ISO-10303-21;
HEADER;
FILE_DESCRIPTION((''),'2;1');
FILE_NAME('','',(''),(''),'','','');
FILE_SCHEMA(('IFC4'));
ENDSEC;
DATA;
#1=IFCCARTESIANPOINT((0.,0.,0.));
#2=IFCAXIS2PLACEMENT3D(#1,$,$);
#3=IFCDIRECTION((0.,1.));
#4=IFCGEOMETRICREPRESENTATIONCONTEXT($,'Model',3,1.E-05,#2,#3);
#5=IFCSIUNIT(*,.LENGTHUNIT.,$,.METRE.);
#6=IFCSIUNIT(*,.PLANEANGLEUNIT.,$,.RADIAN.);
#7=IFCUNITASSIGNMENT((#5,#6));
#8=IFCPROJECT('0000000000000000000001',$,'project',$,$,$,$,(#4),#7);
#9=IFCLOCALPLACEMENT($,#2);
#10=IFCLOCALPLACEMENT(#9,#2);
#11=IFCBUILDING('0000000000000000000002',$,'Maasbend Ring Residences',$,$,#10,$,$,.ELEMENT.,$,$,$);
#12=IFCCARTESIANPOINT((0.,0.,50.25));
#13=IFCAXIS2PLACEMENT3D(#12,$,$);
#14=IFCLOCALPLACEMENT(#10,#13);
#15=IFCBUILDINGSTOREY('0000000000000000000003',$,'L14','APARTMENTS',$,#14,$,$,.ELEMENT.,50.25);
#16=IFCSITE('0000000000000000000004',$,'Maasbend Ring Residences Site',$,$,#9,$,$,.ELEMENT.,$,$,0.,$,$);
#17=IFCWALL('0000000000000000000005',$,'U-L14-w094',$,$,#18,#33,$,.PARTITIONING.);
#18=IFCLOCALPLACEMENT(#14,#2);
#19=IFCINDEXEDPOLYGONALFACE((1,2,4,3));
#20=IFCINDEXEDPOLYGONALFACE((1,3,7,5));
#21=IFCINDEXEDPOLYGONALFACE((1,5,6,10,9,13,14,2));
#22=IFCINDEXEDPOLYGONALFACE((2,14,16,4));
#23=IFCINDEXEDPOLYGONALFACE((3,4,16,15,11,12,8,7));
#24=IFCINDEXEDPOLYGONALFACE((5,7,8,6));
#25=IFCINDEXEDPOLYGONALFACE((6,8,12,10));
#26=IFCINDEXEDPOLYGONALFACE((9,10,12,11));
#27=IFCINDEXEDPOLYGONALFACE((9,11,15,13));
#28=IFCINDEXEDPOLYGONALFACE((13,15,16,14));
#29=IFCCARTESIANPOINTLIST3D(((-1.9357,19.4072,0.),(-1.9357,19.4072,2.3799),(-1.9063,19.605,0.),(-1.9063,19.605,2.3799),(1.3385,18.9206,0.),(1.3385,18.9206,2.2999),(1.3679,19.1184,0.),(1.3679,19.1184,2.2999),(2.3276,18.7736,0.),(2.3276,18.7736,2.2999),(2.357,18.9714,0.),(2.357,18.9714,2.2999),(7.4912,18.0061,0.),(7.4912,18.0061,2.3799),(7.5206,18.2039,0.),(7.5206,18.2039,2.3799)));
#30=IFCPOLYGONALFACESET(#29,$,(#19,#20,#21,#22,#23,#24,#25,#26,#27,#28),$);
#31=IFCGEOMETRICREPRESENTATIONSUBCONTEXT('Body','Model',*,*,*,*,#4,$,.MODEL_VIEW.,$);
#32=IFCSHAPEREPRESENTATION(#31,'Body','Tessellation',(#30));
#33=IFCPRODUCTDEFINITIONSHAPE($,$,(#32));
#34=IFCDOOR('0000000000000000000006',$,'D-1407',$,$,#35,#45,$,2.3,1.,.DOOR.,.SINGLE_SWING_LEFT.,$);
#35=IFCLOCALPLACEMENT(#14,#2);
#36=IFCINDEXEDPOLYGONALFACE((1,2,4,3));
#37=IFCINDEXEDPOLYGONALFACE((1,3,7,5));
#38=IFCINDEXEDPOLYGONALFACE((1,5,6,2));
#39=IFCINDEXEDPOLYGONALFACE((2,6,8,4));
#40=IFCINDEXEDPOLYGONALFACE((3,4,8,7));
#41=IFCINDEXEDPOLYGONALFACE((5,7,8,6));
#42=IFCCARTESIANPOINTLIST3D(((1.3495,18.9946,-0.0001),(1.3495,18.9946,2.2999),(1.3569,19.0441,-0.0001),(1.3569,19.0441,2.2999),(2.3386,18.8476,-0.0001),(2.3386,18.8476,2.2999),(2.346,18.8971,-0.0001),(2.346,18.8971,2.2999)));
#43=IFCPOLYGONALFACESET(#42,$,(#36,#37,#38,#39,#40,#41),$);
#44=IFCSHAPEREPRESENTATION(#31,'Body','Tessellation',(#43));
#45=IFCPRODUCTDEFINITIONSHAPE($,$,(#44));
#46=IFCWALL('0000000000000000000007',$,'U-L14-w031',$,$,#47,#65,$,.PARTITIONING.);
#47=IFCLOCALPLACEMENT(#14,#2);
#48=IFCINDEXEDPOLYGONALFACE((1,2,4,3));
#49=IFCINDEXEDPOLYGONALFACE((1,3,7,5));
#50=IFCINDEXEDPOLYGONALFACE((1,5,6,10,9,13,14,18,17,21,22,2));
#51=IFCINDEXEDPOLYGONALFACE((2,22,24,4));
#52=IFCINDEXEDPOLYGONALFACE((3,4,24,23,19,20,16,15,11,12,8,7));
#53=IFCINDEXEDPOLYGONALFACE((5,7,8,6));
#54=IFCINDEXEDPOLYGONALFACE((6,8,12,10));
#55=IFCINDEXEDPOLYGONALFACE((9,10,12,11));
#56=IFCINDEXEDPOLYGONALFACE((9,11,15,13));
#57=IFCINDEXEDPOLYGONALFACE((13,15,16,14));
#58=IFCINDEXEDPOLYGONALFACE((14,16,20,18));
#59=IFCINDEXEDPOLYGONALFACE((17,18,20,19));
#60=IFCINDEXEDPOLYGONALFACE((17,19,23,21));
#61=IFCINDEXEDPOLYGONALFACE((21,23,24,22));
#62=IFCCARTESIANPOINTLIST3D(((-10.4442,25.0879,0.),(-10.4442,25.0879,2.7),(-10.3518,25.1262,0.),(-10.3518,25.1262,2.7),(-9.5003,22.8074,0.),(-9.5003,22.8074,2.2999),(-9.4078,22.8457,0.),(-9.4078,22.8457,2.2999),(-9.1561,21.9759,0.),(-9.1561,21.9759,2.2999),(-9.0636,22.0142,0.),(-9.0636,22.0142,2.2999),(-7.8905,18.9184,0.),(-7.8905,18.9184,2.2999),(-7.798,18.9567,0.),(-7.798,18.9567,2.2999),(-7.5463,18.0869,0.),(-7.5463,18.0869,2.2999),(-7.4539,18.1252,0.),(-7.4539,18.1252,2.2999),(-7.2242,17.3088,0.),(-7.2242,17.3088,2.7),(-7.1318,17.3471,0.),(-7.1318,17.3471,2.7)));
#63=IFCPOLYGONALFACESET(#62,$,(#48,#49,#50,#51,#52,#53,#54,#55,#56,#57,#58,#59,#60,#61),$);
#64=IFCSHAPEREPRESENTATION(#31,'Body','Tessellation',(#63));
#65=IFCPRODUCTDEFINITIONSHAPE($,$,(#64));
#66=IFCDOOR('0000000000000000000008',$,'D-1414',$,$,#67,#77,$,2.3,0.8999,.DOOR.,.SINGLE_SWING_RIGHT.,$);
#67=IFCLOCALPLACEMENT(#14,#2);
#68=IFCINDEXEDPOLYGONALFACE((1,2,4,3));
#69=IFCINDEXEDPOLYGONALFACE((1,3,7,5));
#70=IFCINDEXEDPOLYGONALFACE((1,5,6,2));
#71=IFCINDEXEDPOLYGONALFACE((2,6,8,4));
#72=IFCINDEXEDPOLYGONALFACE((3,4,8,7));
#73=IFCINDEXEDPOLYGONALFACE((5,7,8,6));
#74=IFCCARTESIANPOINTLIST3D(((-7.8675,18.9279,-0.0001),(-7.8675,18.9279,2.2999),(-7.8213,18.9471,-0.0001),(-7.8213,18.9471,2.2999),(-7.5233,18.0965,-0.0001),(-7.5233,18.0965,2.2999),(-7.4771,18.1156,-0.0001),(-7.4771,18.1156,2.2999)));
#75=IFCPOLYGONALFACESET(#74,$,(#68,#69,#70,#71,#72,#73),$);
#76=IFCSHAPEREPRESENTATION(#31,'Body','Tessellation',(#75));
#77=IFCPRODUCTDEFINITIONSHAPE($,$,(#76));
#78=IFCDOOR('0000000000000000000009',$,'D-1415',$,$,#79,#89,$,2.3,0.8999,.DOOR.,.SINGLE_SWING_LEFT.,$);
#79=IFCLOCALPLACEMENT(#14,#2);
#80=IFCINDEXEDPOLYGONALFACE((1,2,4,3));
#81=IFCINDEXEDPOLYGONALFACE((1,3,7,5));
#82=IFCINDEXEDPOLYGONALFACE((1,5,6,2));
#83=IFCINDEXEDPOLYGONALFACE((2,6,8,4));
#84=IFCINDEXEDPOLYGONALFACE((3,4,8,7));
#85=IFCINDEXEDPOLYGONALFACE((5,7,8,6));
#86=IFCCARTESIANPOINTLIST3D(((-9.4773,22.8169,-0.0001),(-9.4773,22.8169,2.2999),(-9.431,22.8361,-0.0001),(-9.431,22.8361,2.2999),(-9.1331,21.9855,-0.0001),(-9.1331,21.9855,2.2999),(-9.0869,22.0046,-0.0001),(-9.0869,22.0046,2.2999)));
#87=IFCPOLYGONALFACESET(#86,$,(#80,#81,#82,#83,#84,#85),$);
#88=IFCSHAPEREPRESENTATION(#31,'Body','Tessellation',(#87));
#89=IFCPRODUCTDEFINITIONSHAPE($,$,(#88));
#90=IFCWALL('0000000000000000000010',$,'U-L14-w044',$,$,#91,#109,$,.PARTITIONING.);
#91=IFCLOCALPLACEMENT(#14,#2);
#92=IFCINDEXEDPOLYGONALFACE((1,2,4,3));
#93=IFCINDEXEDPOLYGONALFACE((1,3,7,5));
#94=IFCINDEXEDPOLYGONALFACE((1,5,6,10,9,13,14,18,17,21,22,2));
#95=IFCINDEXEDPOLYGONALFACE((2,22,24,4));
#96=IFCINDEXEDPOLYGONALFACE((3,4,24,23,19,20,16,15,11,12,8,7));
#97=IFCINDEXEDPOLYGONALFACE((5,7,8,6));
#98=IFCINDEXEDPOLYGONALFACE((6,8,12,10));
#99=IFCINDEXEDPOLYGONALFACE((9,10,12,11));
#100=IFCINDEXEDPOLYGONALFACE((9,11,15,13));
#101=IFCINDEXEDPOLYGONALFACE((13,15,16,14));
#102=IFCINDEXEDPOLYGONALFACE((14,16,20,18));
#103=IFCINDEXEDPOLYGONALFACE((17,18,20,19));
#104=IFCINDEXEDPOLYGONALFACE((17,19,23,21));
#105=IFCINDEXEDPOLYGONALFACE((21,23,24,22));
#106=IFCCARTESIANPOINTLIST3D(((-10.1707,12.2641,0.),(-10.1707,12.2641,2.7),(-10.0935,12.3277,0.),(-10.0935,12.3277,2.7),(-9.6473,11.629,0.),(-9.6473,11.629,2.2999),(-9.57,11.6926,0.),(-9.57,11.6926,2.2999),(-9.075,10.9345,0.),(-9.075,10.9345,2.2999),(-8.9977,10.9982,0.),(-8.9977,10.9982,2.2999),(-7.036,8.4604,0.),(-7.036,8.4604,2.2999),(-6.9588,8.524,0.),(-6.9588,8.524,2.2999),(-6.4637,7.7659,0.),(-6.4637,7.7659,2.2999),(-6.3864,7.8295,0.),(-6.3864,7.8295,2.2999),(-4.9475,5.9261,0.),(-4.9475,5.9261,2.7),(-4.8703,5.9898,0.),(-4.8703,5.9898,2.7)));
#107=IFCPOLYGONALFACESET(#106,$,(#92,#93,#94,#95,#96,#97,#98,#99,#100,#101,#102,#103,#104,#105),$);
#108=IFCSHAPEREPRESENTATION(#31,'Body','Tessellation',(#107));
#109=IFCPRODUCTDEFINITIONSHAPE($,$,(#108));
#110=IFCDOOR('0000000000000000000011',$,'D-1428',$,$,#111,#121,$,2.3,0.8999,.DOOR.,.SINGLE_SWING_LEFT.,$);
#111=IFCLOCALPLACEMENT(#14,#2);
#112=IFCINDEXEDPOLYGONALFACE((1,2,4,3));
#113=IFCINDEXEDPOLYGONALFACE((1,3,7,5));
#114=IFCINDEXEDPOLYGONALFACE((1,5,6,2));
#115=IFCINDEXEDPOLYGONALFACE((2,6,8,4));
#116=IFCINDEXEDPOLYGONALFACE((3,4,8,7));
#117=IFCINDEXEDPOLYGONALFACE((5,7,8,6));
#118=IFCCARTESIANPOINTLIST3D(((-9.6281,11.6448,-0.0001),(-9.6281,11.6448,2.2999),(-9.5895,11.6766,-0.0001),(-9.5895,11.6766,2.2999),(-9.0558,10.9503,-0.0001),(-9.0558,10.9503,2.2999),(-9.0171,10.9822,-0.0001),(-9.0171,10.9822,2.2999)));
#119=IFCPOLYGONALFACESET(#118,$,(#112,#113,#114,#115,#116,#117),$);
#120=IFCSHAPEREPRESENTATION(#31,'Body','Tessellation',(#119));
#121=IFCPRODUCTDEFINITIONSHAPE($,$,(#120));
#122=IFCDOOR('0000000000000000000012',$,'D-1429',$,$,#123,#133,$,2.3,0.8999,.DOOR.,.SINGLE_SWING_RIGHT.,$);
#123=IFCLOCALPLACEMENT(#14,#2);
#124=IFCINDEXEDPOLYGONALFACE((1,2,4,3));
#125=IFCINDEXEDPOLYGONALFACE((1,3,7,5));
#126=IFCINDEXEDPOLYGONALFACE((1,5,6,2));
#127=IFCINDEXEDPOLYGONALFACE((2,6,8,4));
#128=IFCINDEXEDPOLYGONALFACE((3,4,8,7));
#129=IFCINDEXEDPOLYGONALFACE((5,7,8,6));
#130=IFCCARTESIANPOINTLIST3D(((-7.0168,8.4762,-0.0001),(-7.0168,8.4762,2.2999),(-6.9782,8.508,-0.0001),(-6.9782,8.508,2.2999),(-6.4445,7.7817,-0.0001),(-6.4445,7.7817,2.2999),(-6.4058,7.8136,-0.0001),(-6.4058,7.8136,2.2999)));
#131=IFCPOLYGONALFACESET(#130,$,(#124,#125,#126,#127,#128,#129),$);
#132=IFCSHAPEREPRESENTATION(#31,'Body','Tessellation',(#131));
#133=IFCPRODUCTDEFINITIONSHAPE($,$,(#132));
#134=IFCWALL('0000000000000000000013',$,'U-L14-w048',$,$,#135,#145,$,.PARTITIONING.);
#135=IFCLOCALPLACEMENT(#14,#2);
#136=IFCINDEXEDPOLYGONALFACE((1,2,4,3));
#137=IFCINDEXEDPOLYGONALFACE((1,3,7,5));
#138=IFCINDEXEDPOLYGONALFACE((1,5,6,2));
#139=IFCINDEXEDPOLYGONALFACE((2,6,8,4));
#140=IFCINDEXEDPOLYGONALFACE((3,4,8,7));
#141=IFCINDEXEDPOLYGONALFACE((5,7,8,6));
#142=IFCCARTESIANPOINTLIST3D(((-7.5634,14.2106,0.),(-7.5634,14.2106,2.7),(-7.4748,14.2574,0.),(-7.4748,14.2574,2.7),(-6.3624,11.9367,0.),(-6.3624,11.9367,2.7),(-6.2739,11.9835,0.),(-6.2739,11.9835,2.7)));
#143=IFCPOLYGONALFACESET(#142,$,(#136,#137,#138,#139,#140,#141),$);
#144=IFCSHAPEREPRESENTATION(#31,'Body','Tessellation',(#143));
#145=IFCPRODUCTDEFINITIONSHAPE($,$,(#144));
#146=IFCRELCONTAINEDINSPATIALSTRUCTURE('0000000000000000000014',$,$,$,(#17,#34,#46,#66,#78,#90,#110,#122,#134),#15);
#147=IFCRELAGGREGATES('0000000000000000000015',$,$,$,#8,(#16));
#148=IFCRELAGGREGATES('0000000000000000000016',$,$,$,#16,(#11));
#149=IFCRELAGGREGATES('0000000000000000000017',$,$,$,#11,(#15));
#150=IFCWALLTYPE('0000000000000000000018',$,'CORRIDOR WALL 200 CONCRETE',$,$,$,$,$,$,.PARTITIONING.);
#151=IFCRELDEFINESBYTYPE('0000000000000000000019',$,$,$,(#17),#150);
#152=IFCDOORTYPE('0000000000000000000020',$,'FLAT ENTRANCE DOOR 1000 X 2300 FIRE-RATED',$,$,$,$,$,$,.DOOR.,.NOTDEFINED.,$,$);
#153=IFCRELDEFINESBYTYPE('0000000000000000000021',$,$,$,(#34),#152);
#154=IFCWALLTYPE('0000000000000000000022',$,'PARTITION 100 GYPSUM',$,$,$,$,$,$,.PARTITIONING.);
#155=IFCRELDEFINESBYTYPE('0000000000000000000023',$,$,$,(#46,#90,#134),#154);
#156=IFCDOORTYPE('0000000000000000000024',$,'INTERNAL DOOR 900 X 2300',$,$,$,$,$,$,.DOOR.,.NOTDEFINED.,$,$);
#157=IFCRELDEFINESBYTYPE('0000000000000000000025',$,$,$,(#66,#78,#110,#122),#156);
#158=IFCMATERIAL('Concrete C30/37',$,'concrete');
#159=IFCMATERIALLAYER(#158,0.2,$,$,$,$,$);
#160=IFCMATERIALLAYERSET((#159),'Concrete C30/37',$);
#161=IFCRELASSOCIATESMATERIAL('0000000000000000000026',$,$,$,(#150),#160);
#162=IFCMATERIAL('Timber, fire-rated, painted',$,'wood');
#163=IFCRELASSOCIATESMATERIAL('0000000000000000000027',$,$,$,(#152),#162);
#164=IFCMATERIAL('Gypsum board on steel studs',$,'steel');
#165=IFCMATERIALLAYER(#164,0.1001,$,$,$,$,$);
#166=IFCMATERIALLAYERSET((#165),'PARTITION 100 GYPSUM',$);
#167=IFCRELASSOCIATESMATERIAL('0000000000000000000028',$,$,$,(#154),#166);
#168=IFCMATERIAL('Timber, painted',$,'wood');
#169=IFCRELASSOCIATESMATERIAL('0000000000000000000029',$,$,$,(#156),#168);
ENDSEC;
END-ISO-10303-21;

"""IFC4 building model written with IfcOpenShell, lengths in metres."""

from ifc_helpers import new_model, si_unit, direction, frame, frame_2d, origin, place, context, subcontext, project, spatial, rectangle, extrude, material, layer, layer_set, type_object, element, fill, save


model = new_model("IFC4")

# Units and contexts
model_context = context("Model", 3, precision=1e-05, world=origin(), true_north=direction((0.0, 1.0)))
body_context = subcontext(model_context, "Body", "Model", "MODEL_VIEW")
ifc_project = project(units=[si_unit("LENGTHUNIT", "METRE"), si_unit("PLANEANGLEUNIT", "RADIAN")], contexts=[model_context])

# Site, building, storey
site_placement = place(None, origin())
site = spatial("IfcSite", under=ifc_project, at=site_placement, Name="Maasbend Ring Residences Site", CompositionType="ELEMENT", RefElevation=0.0)
building_placement = place(site_placement, origin())
building = spatial("IfcBuilding", under=site, at=building_placement, Name="Maasbend Ring Residences", CompositionType="ELEMENT")
storey_placement = place(building_placement, frame((0.0, 0.0, 50.25)))
storey = spatial("IfcBuildingStorey", under=building, at=storey_placement, Name="L14", Description="APARTMENTS", CompositionType="ELEMENT", Elevation=50.25)

# Wall, opening, door
ifc_material_1 = material(Name="Concrete C30/37", Category="concrete")
ifc_layer_1 = layer(ifc_material_1, 0.2)
ifc_layer_set_1 = layer_set([ifc_layer_1], Name="Concrete C30/37")
wall_type_1 = type_object("IfcWallType", Name="CORRIDOR WALL 200 CONCRETE", PredefinedType="PARTITIONING", material=ifc_layer_set_1)
wall_1_placement = place(storey_placement, frame((-1.9209, 19.5061, 0.0), z_axis=(0.0, 0.0, 1.0), x_axis=(0.989134, -0.147014, 0.0)))
wall_1 = element("IfcWall", 1, at=wall_1_placement, inside=storey, type_object=wall_type_1, Name="U-L14-w094", PredefinedType="PARTITIONING", context=body_context, shape_type="SweptSolid", body=[
    extrude(rectangle(XDim=9.5305, YDim=0.2, at=frame_2d((4.7651, 0.0))), origin(), (0.0, 0.0, 1.0), 2.3799),
])
opening_1_placement = place(wall_1_placement, frame((3.3101, 0.0, 0.0)))
opening_1 = element("IfcOpeningElement", 2, at=opening_1_placement, cuts=wall_1, PredefinedType="OPENING", context=body_context, shape_type="SweptSolid", body=[
    extrude(rectangle(XDim=1.0, YDim=2.3, at=frame_2d((0.5, 1.1499))), frame((0.0, 0.1099, 0.0), z_axis=(0.0, -1.0, 0.0), x_axis=(1.0, 0.0, 0.0)), (0.0, 0.0, 1.0), 0.22),
])
ifc_material_2 = material(Name="Timber, fire-rated, painted", Category="wood")
door_type_1 = type_object("IfcDoorType", Name="FLAT ENTRANCE DOOR 1000 X 2300 FIRE-RATED", OperationType="NOTDEFINED", PredefinedType="DOOR", material=ifc_material_2)
door_1_placement = place(opening_1_placement, origin())
door_1 = element("IfcDoor", 3, at=door_1_placement, inside=storey, type_object=door_type_1, Name="D-1407", OperationType="SINGLE_SWING_LEFT", OverallHeight=2.3, OverallWidth=1.0, PredefinedType="DOOR", context=body_context, shape_type="SweptSolid", body=[
    extrude(rectangle(XDim=1.0, YDim=2.3, at=frame_2d((0.5, 1.1499))), frame((0.0, 0.0249, 0.0), z_axis=(0.0, -1.0, 0.0), x_axis=(1.0, 0.0, 0.0)), (0.0, 0.0, 1.0), 0.05),
])
fill(opening_1, door_1)

# Walls, openings, doors
ifc_material_3 = material(Name="Gypsum board on steel studs", Category="steel")
ifc_layer_2 = layer(ifc_material_3, 0.1001)
ifc_layer_set_2 = layer_set([ifc_layer_2], Name="PARTITION 100 GYPSUM")
wall_type_2 = type_object("IfcWallType", Name="PARTITION 100 GYPSUM", PredefinedType="PARTITIONING", material=ifc_layer_set_2)
wall_2_placement = place(storey_placement, frame((-10.3979, 25.1069, 0.0), z_axis=(0.0, 0.0, 1.0), x_axis=(0.382459, -0.923973, 0.0)))
wall_2 = element("IfcWall", 4, at=wall_2_placement, inside=storey, type_object=wall_type_2, Name="U-L14-w031", PredefinedType="PARTITIONING", context=body_context, shape_type="SweptSolid", body=[
    extrude(rectangle(XDim=8.4192, YDim=0.1001, at=frame_2d((4.2095, 0.0))), origin(), (0.0, 0.0, 1.0), 2.7),
])
opening_2_placement = place(wall_2_placement, frame((6.677, 0.0, 0.0)))
opening_2 = element("IfcOpeningElement", 5, at=opening_2_placement, cuts=wall_2, PredefinedType="OPENING", context=body_context, shape_type="SweptSolid", body=[
    extrude(rectangle(XDim=0.8999, YDim=2.3, at=frame_2d((0.45, 1.1499))), frame((0.0, 0.0601, 0.0), z_axis=(0.0, -1.0, 0.0), x_axis=(1.0, 0.0, 0.0)), (0.0, 0.0, 1.0), 0.1201),
])
opening_3_placement = place(wall_2_placement, frame((2.468, 0.0, 0.0)))
opening_3 = element("IfcOpeningElement", 6, at=opening_3_placement, cuts=wall_2, PredefinedType="OPENING", context=body_context, shape_type="SweptSolid", body=[
    extrude(rectangle(XDim=0.8999, YDim=2.3, at=frame_2d((0.45, 1.1499))), frame((0.0, 0.0601, 0.0), z_axis=(0.0, -1.0, 0.0), x_axis=(1.0, 0.0, 0.0)), (0.0, 0.0, 1.0), 0.1201),
])
ifc_material_4 = material(Name="Timber, painted", Category="wood")
door_type_2 = type_object("IfcDoorType", Name="INTERNAL DOOR 900 X 2300", OperationType="NOTDEFINED", PredefinedType="DOOR", material=ifc_material_4)
door_2_placement = place(opening_2_placement, origin())
door_2 = element("IfcDoor", 7, at=door_2_placement, inside=storey, type_object=door_type_2, Name="D-1414", OperationType="SINGLE_SWING_RIGHT", OverallHeight=2.3, OverallWidth=0.8999, PredefinedType="DOOR", context=body_context, shape_type="SweptSolid", body=[
    extrude(rectangle(XDim=0.8999, YDim=2.3, at=frame_2d((0.45, 1.1499))), frame((0.0, 0.0249, 0.0), z_axis=(0.0, -1.0, 0.0), x_axis=(1.0, 0.0, 0.0)), (0.0, 0.0, 1.0), 0.05),
])
fill(opening_2, door_2)
door_3_placement = place(opening_3_placement, origin())
door_3 = element("IfcDoor", 8, at=door_3_placement, inside=storey, type_object=door_type_2, Name="D-1415", OperationType="SINGLE_SWING_LEFT", OverallHeight=2.3, OverallWidth=0.8999, PredefinedType="DOOR", context=body_context, shape_type="SweptSolid", body=[
    extrude(rectangle(XDim=0.8999, YDim=2.3, at=frame_2d((0.45, 1.1499))), frame((0.0, 0.0249, 0.0), z_axis=(0.0, -1.0, 0.0), x_axis=(1.0, 0.0, 0.0)), (0.0, 0.0, 1.0), 0.05),
])
fill(opening_3, door_3)
wall_3_placement = place(storey_placement, frame((-10.1321, 12.2959, 0.0), z_axis=(0.0, 0.0, 1.0), x_axis=(0.635976, -0.771709, 0.0)))
wall_3 = element("IfcWall", 9, at=wall_3_placement, inside=storey, type_object=wall_type_2, Name="U-L14-w044", PredefinedType="PARTITIONING", context=body_context, shape_type="SweptSolid", body=[
    extrude(rectangle(XDim=8.2129, YDim=0.1001, at=frame_2d((4.1064, 0.0))), origin(), (0.0, 0.0, 1.0), 2.7),
])
opening_4_placement = place(wall_3_placement, frame((0.823, 0.0, 0.0)))
opening_4 = element("IfcOpeningElement", 10, at=opening_4_placement, cuts=wall_3, PredefinedType="OPENING", context=body_context, shape_type="SweptSolid", body=[
    extrude(rectangle(XDim=0.8999, YDim=2.3, at=frame_2d((0.45, 1.1499))), frame((0.0, 0.0601, 0.0), z_axis=(0.0, -1.0, 0.0), x_axis=(1.0, 0.0, 0.0)), (0.0, 0.0, 1.0), 0.1201),
])
opening_5_placement = place(wall_3_placement, frame((4.929, 0.0, 0.0)))
opening_5 = element("IfcOpeningElement", 11, at=opening_5_placement, cuts=wall_3, PredefinedType="OPENING", context=body_context, shape_type="SweptSolid", body=[
    extrude(rectangle(XDim=0.8999, YDim=2.3, at=frame_2d((0.45, 1.1499))), frame((0.0, 0.0601, 0.0), z_axis=(0.0, -1.0, 0.0), x_axis=(1.0, 0.0, 0.0)), (0.0, 0.0, 1.0), 0.1201),
])
door_4_placement = place(opening_4_placement, origin())
door_4 = element("IfcDoor", 12, at=door_4_placement, inside=storey, type_object=door_type_2, Name="D-1428", OperationType="SINGLE_SWING_LEFT", OverallHeight=2.3, OverallWidth=0.8999, PredefinedType="DOOR", context=body_context, shape_type="SweptSolid", body=[
    extrude(rectangle(XDim=0.8999, YDim=2.3, at=frame_2d((0.45, 1.1499))), frame((0.0, 0.0249, 0.0), z_axis=(0.0, -1.0, 0.0), x_axis=(1.0, 0.0, 0.0)), (0.0, 0.0, 1.0), 0.05),
])
fill(opening_4, door_4)
door_5_placement = place(opening_5_placement, origin())
door_5 = element("IfcDoor", 13, at=door_5_placement, inside=storey, type_object=door_type_2, Name="D-1429", OperationType="SINGLE_SWING_RIGHT", OverallHeight=2.3, OverallWidth=0.8999, PredefinedType="DOOR", context=body_context, shape_type="SweptSolid", body=[
    extrude(rectangle(XDim=0.8999, YDim=2.3, at=frame_2d((0.45, 1.1499))), frame((0.0, 0.0249, 0.0), z_axis=(0.0, -1.0, 0.0), x_axis=(1.0, 0.0, 0.0)), (0.0, 0.0, 1.0), 0.05),
])
fill(opening_5, door_5)

# Wall
wall_4_placement = place(storey_placement, frame((-7.519, 14.2339, 0.0), z_axis=(0.0, 0.0, 1.0), x_axis=(0.467002, -0.884256, 0.0)))
element("IfcWall", 14, at=wall_4_placement, inside=storey, type_object=wall_type_2, Name="U-L14-w048", PredefinedType="PARTITIONING", context=body_context, shape_type="SweptSolid", body=[
    extrude(rectangle(XDim=2.5715, YDim=0.1001, at=frame_2d((1.2856, 0.0))), origin(), (0.0, 0.0, 1.0), 2.7),
])

save(model, "model.ifc")
